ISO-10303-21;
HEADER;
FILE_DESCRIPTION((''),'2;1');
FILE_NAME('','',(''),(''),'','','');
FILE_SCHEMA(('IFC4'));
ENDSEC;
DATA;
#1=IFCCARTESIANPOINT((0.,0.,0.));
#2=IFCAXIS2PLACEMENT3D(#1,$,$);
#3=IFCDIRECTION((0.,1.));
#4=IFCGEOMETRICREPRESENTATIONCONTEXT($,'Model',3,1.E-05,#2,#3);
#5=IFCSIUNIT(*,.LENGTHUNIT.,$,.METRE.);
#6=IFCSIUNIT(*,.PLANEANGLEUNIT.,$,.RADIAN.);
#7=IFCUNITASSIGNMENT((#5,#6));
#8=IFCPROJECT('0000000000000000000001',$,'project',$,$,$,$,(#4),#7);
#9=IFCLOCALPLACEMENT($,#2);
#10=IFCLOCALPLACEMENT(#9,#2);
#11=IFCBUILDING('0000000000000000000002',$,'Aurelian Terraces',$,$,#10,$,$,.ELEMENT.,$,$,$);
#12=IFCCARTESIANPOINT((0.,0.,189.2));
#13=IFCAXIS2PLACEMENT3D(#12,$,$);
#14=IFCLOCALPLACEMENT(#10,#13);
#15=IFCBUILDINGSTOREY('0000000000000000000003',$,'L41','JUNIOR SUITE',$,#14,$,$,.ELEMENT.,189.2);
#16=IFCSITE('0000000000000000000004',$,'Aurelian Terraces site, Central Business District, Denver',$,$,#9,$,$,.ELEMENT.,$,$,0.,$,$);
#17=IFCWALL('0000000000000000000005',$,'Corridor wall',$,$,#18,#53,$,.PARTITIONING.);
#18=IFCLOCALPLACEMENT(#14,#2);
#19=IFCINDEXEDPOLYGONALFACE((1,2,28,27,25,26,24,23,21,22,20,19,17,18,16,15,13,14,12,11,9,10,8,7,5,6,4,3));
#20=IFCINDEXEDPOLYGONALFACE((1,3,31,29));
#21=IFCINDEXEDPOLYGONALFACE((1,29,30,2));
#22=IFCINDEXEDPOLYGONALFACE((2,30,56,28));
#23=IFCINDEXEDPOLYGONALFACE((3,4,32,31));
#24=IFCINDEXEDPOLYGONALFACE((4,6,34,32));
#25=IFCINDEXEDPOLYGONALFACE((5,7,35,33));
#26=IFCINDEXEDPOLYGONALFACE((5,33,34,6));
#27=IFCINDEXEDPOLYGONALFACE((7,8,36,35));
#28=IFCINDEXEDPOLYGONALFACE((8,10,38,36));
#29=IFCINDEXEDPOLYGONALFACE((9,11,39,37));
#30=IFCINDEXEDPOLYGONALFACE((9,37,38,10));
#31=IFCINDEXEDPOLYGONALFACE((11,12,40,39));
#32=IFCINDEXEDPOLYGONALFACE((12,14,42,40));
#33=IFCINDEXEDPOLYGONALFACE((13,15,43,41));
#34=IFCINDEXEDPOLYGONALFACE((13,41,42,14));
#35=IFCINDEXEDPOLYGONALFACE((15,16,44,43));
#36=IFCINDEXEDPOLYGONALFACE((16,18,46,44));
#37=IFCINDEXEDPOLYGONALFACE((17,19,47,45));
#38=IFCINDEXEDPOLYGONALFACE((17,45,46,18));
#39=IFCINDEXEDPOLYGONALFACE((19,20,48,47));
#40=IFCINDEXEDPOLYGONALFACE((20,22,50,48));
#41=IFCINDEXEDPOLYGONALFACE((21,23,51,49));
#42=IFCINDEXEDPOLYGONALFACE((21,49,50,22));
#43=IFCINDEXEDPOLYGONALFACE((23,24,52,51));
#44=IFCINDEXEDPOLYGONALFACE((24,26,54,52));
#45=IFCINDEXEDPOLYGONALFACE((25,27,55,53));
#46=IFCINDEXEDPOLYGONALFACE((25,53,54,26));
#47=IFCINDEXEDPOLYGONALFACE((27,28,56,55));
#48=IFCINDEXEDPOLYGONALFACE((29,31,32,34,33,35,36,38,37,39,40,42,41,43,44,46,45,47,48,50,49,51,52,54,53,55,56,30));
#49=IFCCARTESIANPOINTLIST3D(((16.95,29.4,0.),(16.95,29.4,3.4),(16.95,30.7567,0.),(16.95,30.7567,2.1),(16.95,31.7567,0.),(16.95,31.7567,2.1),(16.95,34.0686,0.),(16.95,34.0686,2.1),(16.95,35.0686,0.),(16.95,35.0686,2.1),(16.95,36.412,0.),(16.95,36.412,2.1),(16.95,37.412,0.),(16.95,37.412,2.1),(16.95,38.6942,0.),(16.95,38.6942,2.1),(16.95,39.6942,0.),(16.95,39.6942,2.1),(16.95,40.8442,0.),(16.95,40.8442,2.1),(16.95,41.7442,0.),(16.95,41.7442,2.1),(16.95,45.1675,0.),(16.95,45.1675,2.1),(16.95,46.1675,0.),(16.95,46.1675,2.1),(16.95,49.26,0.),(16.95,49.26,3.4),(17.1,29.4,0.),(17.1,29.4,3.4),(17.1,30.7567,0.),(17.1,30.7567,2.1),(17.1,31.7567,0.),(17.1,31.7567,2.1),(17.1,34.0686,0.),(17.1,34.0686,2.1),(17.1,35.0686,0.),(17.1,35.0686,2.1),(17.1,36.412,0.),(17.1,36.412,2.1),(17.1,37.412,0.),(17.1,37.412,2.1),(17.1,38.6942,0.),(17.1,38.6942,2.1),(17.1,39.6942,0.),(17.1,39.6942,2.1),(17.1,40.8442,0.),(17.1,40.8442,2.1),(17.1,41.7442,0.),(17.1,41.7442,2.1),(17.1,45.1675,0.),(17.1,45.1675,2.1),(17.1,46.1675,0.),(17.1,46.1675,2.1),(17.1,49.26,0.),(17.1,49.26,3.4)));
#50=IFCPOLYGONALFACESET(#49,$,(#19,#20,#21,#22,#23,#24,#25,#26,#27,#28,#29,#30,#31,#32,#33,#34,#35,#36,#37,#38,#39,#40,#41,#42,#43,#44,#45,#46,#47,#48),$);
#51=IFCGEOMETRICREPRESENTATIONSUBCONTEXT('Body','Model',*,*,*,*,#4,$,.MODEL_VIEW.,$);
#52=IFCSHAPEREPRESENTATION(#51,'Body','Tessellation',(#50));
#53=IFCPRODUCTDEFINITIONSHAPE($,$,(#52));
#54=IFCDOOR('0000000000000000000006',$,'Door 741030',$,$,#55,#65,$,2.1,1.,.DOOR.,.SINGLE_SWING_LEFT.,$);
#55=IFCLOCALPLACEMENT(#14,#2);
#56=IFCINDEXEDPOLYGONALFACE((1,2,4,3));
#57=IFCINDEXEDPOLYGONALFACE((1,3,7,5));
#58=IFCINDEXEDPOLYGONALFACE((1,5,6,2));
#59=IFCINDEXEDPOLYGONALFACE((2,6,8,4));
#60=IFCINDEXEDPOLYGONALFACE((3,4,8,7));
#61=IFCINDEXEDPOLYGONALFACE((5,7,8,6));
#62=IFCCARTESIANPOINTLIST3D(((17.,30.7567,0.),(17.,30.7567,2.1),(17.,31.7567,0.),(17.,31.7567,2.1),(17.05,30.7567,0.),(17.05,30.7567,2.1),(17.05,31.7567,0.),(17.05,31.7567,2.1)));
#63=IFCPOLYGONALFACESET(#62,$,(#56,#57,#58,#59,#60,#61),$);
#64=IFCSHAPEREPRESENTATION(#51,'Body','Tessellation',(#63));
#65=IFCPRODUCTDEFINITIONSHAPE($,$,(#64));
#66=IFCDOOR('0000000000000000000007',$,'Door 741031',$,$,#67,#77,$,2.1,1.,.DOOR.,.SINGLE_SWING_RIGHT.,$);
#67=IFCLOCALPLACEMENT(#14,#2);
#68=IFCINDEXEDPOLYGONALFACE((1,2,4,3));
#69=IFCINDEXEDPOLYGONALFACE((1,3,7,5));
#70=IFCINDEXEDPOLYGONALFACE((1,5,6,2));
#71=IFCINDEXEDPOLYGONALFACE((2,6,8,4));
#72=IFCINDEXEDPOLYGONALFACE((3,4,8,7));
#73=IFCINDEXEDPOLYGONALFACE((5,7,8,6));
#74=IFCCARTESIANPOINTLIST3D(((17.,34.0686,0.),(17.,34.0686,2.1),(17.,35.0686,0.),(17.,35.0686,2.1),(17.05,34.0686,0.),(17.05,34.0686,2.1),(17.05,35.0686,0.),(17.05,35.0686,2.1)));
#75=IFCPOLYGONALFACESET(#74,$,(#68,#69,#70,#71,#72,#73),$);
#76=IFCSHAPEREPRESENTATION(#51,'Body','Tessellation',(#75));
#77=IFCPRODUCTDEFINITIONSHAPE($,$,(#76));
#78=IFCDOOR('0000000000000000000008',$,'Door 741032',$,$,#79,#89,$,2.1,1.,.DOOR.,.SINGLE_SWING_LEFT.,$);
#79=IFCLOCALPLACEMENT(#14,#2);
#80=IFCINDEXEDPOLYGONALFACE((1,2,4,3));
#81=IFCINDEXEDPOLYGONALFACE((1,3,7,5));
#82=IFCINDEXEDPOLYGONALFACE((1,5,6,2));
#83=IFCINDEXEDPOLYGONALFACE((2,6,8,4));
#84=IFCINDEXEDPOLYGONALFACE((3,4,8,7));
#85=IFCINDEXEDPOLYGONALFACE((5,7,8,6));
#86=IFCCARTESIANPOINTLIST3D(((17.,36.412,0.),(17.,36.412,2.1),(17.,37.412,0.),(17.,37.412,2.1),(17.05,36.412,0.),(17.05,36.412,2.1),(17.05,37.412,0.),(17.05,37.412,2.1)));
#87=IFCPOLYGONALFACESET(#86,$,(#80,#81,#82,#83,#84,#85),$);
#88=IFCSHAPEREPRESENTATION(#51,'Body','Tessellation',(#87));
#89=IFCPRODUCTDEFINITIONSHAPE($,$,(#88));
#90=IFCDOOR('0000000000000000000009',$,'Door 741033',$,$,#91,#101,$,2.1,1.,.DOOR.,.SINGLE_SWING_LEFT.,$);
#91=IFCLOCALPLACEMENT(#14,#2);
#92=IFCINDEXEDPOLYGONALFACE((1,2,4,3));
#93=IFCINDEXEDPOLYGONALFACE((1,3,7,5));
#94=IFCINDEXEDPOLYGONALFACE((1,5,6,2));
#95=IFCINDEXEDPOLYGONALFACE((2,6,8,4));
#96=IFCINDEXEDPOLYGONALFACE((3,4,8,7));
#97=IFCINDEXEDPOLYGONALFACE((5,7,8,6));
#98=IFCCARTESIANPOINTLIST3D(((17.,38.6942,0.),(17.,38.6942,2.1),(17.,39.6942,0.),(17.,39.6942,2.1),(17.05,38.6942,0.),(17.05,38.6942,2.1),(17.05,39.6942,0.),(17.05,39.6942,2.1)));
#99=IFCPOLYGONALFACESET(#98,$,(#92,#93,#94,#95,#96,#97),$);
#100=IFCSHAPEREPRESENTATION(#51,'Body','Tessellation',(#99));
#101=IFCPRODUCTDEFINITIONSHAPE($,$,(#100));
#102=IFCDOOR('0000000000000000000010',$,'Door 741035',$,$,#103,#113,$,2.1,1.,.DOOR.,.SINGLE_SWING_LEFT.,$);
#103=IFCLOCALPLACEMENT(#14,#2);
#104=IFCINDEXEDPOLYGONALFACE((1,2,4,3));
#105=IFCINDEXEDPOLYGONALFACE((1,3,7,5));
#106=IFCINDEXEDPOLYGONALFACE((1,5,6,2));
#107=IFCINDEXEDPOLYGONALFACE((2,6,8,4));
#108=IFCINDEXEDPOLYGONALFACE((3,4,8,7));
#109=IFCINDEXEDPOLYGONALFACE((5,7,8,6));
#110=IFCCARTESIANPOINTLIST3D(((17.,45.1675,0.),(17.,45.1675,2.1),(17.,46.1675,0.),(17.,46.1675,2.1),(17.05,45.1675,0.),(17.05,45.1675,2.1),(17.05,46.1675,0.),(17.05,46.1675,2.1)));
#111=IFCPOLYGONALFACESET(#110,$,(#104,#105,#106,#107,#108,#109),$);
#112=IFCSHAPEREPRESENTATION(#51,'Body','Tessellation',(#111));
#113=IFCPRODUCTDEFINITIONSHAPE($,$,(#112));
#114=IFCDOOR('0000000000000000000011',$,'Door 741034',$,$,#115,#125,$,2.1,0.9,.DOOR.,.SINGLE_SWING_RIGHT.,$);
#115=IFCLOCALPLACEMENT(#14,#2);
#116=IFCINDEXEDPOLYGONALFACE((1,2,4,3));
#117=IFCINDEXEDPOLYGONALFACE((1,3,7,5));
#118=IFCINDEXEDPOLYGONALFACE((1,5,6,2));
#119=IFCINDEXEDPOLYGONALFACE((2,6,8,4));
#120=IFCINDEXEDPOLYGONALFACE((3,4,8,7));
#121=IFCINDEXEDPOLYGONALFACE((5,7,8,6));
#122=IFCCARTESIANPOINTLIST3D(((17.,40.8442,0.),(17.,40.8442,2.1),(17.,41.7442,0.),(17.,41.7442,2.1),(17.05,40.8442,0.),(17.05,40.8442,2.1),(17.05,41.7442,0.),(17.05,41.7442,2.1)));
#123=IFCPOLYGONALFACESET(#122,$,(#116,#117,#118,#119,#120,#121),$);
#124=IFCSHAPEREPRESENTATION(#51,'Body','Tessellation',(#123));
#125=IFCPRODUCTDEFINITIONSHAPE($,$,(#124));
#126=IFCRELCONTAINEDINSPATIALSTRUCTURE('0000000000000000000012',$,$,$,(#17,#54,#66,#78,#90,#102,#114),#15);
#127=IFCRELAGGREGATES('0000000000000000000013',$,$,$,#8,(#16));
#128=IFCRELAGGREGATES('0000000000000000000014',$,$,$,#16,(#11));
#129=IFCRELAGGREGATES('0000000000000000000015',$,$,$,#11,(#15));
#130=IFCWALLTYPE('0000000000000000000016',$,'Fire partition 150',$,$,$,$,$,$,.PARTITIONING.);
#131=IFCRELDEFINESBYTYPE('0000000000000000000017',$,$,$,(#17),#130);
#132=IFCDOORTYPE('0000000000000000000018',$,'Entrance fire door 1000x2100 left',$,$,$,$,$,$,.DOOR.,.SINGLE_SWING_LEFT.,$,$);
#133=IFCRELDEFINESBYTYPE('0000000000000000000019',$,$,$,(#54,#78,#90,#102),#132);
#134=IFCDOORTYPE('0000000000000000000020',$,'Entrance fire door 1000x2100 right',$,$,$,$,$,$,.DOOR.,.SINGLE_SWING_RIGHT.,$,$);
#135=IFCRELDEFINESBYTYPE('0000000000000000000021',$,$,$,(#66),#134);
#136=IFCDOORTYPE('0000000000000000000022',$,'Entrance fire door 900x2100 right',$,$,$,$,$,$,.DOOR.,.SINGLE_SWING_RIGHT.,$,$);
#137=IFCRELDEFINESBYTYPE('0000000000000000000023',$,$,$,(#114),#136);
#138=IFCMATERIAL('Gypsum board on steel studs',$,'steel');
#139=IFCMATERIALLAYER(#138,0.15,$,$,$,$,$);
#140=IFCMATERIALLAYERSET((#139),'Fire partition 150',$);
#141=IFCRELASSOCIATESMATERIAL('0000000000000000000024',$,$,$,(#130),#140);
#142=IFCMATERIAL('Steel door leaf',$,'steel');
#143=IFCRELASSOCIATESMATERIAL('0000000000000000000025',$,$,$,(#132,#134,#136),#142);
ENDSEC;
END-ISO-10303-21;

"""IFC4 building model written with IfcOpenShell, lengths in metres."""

from ifc_helpers import new_model, si_unit, direction, frame, frame_2d, origin, place, context, subcontext, project, spatial, rectangle, extrude, source, transform, mapped, material, layer, layer_set, type_object, element, fill, save


model = new_model("IFC4")

# Units and contexts
model_context = context("Model", 3, precision=1e-05, world=origin(), true_north=direction((0.0, 1.0)))
body_context = subcontext(model_context, "Body", "Model", "MODEL_VIEW")
ifc_project = project(units=[si_unit("LENGTHUNIT", "METRE"), si_unit("PLANEANGLEUNIT", "RADIAN")], contexts=[model_context])

# Site, building, storey
site_placement = place(None, origin())
site = spatial("IfcSite", under=ifc_project, at=site_placement, Name="Aurelian Terraces site, Central Business District, Denver", CompositionType="ELEMENT", RefElevation=0.0)
building_placement = place(site_placement, origin())
building = spatial("IfcBuilding", under=site, at=building_placement, Name="Aurelian Terraces", CompositionType="ELEMENT")
storey_placement = place(building_placement, frame((0.0, 0.0, 189.2)))
storey = spatial("IfcBuildingStorey", under=building, at=storey_placement, Name="L41", Description="JUNIOR SUITE", CompositionType="ELEMENT", Elevation=189.2)

# Shared definitions
ifc_material_1 = material(Name="Gypsum board on steel studs", Category="steel")

# Wall, openings, doors
ifc_layer_1 = layer(ifc_material_1, 0.15)
ifc_layer_set_1 = layer_set([ifc_layer_1], Name="Fire partition 150")
wall_type_1 = type_object("IfcWallType", Name="Fire partition 150", PredefinedType="PARTITIONING", material=ifc_layer_set_1)
shared_shape_1 = source(origin(), body_context, "Body", "SweptSolid", [
    extrude(rectangle(XDim=19.86, YDim=0.15, at=frame_2d((9.93, 0.0))), origin(), (0.0, 0.0, 1.0), 3.4),
])
wall_1_placement = place(storey_placement, frame((17.025, 49.26, 0.0), z_axis=(0.0, 0.0, 1.0), x_axis=(0.0, -1.0, 0.0)))
wall_1 = element("IfcWall", 1, at=wall_1_placement, inside=storey, type_object=wall_type_1, Name="Corridor wall", PredefinedType="PARTITIONING", context=body_context, shape_type="MappedRepresentation", body=[
    mapped(shared_shape_1, transform((0.0, 0.0, 0.0), scale=1.0)),
])
shared_shape_2 = source(origin(), body_context, "Body", "SweptSolid", [
    extrude(rectangle(XDim=1.0, YDim=2.1, at=frame_2d((0.5, 1.05))), frame((0.0, 0.085, 0.0), z_axis=(0.0, -1.0, 0.0), x_axis=(1.0, 0.0, 0.0)), (0.0, 0.0, 1.0), 0.17),
])
opening_1_placement = place(wall_1_placement, frame((17.5033, 0.0, 0.0)))
opening_1 = element("IfcOpeningElement", 2, at=opening_1_placement, cuts=wall_1, PredefinedType="OPENING", context=body_context, shape_type="MappedRepresentation", body=[
    mapped(shared_shape_2, transform((0.0, 0.0, 0.0), scale=1.0)),
])
opening_2_placement = place(wall_1_placement, frame((14.1914, 0.0, 0.0)))
opening_2 = element("IfcOpeningElement", 3, at=opening_2_placement, cuts=wall_1, PredefinedType="OPENING", context=body_context, shape_type="MappedRepresentation", body=[
    mapped(shared_shape_2, transform((0.0, 0.0, 0.0), scale=1.0)),
])
opening_3_placement = place(wall_1_placement, frame((11.848, 0.0, 0.0)))
opening_3 = element("IfcOpeningElement", 4, at=opening_3_placement, cuts=wall_1, PredefinedType="OPENING", context=body_context, shape_type="MappedRepresentation", body=[
    mapped(shared_shape_2, transform((0.0, 0.0, 0.0), scale=1.0)),
])
opening_4_placement = place(wall_1_placement, frame((9.5658, 0.0, 0.0)))
opening_4 = element("IfcOpeningElement", 5, at=opening_4_placement, cuts=wall_1, PredefinedType="OPENING", context=body_context, shape_type="MappedRepresentation", body=[
    mapped(shared_shape_2, transform((0.0, 0.0, 0.0), scale=1.0)),
])
shared_shape_3 = source(origin(), body_context, "Body", "SweptSolid", [
    extrude(rectangle(XDim=0.9, YDim=2.1, at=frame_2d((0.45, 1.05))), frame((0.0, 0.085, 0.0), z_axis=(0.0, -1.0, 0.0), x_axis=(1.0, 0.0, 0.0)), (0.0, 0.0, 1.0), 0.17),
])
opening_5_placement = place(wall_1_placement, frame((7.5158, 0.0, 0.0)))
opening_5 = element("IfcOpeningElement", 6, at=opening_5_placement, cuts=wall_1, PredefinedType="OPENING", context=body_context, shape_type="MappedRepresentation", body=[
    mapped(shared_shape_3, transform((0.0, 0.0, 0.0), scale=1.0)),
])
opening_6_placement = place(wall_1_placement, frame((3.0925, 0.0, 0.0)))
opening_6 = element("IfcOpeningElement", 7, at=opening_6_placement, cuts=wall_1, PredefinedType="OPENING", context=body_context, shape_type="MappedRepresentation", body=[
    mapped(shared_shape_2, transform((0.0, 0.0, 0.0), scale=1.0)),
])
ifc_material_2 = material(Name="Steel door leaf", Category="steel")
door_type_1 = type_object("IfcDoorType", Name="Entrance fire door 1000x2100 left", OperationType="SINGLE_SWING_LEFT", PredefinedType="DOOR", material=ifc_material_2)
shared_shape_4 = source(origin(), body_context, "Body", "SweptSolid", [
    extrude(rectangle(XDim=1.0, YDim=2.1, at=frame_2d((0.5, 1.05))), frame((0.0, 0.025, 0.0), z_axis=(0.0, -1.0, 0.0), x_axis=(1.0, 0.0, 0.0)), (0.0, 0.0, 1.0), 0.05),
])
door_1_placement = place(opening_1_placement, origin())
door_1 = element("IfcDoor", 8, at=door_1_placement, inside=storey, type_object=door_type_1, Name="Door 741030", OperationType="SINGLE_SWING_LEFT", OverallHeight=2.1, OverallWidth=1.0, PredefinedType="DOOR", context=body_context, shape_type="MappedRepresentation", body=[
    mapped(shared_shape_4, transform((0.0, 0.0, 0.0), scale=1.0)),
])
fill(opening_1, door_1)
door_type_2 = type_object("IfcDoorType", Name="Entrance fire door 1000x2100 right", OperationType="SINGLE_SWING_RIGHT", PredefinedType="DOOR", material=ifc_material_2)
door_2_placement = place(opening_2_placement, origin())
door_2 = element("IfcDoor", 9, at=door_2_placement, inside=storey, type_object=door_type_2, Name="Door 741031", OperationType="SINGLE_SWING_RIGHT", OverallHeight=2.1, OverallWidth=1.0, PredefinedType="DOOR", context=body_context, shape_type="MappedRepresentation", body=[
    mapped(shared_shape_4, transform((0.0, 0.0, 0.0), scale=1.0)),
])
fill(opening_2, door_2)
door_3_placement = place(opening_3_placement, origin())
door_3 = element("IfcDoor", 10, at=door_3_placement, inside=storey, type_object=door_type_1, Name="Door 741032", OperationType="SINGLE_SWING_LEFT", OverallHeight=2.1, OverallWidth=1.0, PredefinedType="DOOR", context=body_context, shape_type="MappedRepresentation", body=[
    mapped(shared_shape_4, transform((0.0, 0.0, 0.0), scale=1.0)),
])
fill(opening_3, door_3)
door_4_placement = place(opening_4_placement, origin())
door_4 = element("IfcDoor", 11, at=door_4_placement, inside=storey, type_object=door_type_1, Name="Door 741033", OperationType="SINGLE_SWING_LEFT", OverallHeight=2.1, OverallWidth=1.0, PredefinedType="DOOR", context=body_context, shape_type="MappedRepresentation", body=[
    mapped(shared_shape_4, transform((0.0, 0.0, 0.0), scale=1.0)),
])
fill(opening_4, door_4)
door_5_placement = place(opening_6_placement, origin())
door_5 = element("IfcDoor", 12, at=door_5_placement, inside=storey, type_object=door_type_1, Name="Door 741035", OperationType="SINGLE_SWING_LEFT", OverallHeight=2.1, OverallWidth=1.0, PredefinedType="DOOR", context=body_context, shape_type="MappedRepresentation", body=[
    mapped(shared_shape_4, transform((0.0, 0.0, 0.0), scale=1.0)),
])
fill(opening_6, door_5)
door_type_3 = type_object("IfcDoorType", Name="Entrance fire door 900x2100 right", OperationType="SINGLE_SWING_RIGHT", PredefinedType="DOOR", material=ifc_material_2)
shared_shape_5 = source(origin(), body_context, "Body", "SweptSolid", [
    extrude(rectangle(XDim=0.9, YDim=2.1, at=frame_2d((0.45, 1.05))), frame((0.0, 0.025, 0.0), z_axis=(0.0, -1.0, 0.0), x_axis=(1.0, 0.0, 0.0)), (0.0, 0.0, 1.0), 0.05),
])
door_6_placement = place(opening_5_placement, origin())
door_6 = element("IfcDoor", 13, at=door_6_placement, inside=storey, type_object=door_type_3, Name="Door 741034", OperationType="SINGLE_SWING_RIGHT", OverallHeight=2.1, OverallWidth=0.9, PredefinedType="DOOR", context=body_context, shape_type="MappedRepresentation", body=[
    mapped(shared_shape_5, transform((0.0, 0.0, 0.0), scale=1.0)),
])
fill(opening_5, door_6)

save(model, "model.ifc")
